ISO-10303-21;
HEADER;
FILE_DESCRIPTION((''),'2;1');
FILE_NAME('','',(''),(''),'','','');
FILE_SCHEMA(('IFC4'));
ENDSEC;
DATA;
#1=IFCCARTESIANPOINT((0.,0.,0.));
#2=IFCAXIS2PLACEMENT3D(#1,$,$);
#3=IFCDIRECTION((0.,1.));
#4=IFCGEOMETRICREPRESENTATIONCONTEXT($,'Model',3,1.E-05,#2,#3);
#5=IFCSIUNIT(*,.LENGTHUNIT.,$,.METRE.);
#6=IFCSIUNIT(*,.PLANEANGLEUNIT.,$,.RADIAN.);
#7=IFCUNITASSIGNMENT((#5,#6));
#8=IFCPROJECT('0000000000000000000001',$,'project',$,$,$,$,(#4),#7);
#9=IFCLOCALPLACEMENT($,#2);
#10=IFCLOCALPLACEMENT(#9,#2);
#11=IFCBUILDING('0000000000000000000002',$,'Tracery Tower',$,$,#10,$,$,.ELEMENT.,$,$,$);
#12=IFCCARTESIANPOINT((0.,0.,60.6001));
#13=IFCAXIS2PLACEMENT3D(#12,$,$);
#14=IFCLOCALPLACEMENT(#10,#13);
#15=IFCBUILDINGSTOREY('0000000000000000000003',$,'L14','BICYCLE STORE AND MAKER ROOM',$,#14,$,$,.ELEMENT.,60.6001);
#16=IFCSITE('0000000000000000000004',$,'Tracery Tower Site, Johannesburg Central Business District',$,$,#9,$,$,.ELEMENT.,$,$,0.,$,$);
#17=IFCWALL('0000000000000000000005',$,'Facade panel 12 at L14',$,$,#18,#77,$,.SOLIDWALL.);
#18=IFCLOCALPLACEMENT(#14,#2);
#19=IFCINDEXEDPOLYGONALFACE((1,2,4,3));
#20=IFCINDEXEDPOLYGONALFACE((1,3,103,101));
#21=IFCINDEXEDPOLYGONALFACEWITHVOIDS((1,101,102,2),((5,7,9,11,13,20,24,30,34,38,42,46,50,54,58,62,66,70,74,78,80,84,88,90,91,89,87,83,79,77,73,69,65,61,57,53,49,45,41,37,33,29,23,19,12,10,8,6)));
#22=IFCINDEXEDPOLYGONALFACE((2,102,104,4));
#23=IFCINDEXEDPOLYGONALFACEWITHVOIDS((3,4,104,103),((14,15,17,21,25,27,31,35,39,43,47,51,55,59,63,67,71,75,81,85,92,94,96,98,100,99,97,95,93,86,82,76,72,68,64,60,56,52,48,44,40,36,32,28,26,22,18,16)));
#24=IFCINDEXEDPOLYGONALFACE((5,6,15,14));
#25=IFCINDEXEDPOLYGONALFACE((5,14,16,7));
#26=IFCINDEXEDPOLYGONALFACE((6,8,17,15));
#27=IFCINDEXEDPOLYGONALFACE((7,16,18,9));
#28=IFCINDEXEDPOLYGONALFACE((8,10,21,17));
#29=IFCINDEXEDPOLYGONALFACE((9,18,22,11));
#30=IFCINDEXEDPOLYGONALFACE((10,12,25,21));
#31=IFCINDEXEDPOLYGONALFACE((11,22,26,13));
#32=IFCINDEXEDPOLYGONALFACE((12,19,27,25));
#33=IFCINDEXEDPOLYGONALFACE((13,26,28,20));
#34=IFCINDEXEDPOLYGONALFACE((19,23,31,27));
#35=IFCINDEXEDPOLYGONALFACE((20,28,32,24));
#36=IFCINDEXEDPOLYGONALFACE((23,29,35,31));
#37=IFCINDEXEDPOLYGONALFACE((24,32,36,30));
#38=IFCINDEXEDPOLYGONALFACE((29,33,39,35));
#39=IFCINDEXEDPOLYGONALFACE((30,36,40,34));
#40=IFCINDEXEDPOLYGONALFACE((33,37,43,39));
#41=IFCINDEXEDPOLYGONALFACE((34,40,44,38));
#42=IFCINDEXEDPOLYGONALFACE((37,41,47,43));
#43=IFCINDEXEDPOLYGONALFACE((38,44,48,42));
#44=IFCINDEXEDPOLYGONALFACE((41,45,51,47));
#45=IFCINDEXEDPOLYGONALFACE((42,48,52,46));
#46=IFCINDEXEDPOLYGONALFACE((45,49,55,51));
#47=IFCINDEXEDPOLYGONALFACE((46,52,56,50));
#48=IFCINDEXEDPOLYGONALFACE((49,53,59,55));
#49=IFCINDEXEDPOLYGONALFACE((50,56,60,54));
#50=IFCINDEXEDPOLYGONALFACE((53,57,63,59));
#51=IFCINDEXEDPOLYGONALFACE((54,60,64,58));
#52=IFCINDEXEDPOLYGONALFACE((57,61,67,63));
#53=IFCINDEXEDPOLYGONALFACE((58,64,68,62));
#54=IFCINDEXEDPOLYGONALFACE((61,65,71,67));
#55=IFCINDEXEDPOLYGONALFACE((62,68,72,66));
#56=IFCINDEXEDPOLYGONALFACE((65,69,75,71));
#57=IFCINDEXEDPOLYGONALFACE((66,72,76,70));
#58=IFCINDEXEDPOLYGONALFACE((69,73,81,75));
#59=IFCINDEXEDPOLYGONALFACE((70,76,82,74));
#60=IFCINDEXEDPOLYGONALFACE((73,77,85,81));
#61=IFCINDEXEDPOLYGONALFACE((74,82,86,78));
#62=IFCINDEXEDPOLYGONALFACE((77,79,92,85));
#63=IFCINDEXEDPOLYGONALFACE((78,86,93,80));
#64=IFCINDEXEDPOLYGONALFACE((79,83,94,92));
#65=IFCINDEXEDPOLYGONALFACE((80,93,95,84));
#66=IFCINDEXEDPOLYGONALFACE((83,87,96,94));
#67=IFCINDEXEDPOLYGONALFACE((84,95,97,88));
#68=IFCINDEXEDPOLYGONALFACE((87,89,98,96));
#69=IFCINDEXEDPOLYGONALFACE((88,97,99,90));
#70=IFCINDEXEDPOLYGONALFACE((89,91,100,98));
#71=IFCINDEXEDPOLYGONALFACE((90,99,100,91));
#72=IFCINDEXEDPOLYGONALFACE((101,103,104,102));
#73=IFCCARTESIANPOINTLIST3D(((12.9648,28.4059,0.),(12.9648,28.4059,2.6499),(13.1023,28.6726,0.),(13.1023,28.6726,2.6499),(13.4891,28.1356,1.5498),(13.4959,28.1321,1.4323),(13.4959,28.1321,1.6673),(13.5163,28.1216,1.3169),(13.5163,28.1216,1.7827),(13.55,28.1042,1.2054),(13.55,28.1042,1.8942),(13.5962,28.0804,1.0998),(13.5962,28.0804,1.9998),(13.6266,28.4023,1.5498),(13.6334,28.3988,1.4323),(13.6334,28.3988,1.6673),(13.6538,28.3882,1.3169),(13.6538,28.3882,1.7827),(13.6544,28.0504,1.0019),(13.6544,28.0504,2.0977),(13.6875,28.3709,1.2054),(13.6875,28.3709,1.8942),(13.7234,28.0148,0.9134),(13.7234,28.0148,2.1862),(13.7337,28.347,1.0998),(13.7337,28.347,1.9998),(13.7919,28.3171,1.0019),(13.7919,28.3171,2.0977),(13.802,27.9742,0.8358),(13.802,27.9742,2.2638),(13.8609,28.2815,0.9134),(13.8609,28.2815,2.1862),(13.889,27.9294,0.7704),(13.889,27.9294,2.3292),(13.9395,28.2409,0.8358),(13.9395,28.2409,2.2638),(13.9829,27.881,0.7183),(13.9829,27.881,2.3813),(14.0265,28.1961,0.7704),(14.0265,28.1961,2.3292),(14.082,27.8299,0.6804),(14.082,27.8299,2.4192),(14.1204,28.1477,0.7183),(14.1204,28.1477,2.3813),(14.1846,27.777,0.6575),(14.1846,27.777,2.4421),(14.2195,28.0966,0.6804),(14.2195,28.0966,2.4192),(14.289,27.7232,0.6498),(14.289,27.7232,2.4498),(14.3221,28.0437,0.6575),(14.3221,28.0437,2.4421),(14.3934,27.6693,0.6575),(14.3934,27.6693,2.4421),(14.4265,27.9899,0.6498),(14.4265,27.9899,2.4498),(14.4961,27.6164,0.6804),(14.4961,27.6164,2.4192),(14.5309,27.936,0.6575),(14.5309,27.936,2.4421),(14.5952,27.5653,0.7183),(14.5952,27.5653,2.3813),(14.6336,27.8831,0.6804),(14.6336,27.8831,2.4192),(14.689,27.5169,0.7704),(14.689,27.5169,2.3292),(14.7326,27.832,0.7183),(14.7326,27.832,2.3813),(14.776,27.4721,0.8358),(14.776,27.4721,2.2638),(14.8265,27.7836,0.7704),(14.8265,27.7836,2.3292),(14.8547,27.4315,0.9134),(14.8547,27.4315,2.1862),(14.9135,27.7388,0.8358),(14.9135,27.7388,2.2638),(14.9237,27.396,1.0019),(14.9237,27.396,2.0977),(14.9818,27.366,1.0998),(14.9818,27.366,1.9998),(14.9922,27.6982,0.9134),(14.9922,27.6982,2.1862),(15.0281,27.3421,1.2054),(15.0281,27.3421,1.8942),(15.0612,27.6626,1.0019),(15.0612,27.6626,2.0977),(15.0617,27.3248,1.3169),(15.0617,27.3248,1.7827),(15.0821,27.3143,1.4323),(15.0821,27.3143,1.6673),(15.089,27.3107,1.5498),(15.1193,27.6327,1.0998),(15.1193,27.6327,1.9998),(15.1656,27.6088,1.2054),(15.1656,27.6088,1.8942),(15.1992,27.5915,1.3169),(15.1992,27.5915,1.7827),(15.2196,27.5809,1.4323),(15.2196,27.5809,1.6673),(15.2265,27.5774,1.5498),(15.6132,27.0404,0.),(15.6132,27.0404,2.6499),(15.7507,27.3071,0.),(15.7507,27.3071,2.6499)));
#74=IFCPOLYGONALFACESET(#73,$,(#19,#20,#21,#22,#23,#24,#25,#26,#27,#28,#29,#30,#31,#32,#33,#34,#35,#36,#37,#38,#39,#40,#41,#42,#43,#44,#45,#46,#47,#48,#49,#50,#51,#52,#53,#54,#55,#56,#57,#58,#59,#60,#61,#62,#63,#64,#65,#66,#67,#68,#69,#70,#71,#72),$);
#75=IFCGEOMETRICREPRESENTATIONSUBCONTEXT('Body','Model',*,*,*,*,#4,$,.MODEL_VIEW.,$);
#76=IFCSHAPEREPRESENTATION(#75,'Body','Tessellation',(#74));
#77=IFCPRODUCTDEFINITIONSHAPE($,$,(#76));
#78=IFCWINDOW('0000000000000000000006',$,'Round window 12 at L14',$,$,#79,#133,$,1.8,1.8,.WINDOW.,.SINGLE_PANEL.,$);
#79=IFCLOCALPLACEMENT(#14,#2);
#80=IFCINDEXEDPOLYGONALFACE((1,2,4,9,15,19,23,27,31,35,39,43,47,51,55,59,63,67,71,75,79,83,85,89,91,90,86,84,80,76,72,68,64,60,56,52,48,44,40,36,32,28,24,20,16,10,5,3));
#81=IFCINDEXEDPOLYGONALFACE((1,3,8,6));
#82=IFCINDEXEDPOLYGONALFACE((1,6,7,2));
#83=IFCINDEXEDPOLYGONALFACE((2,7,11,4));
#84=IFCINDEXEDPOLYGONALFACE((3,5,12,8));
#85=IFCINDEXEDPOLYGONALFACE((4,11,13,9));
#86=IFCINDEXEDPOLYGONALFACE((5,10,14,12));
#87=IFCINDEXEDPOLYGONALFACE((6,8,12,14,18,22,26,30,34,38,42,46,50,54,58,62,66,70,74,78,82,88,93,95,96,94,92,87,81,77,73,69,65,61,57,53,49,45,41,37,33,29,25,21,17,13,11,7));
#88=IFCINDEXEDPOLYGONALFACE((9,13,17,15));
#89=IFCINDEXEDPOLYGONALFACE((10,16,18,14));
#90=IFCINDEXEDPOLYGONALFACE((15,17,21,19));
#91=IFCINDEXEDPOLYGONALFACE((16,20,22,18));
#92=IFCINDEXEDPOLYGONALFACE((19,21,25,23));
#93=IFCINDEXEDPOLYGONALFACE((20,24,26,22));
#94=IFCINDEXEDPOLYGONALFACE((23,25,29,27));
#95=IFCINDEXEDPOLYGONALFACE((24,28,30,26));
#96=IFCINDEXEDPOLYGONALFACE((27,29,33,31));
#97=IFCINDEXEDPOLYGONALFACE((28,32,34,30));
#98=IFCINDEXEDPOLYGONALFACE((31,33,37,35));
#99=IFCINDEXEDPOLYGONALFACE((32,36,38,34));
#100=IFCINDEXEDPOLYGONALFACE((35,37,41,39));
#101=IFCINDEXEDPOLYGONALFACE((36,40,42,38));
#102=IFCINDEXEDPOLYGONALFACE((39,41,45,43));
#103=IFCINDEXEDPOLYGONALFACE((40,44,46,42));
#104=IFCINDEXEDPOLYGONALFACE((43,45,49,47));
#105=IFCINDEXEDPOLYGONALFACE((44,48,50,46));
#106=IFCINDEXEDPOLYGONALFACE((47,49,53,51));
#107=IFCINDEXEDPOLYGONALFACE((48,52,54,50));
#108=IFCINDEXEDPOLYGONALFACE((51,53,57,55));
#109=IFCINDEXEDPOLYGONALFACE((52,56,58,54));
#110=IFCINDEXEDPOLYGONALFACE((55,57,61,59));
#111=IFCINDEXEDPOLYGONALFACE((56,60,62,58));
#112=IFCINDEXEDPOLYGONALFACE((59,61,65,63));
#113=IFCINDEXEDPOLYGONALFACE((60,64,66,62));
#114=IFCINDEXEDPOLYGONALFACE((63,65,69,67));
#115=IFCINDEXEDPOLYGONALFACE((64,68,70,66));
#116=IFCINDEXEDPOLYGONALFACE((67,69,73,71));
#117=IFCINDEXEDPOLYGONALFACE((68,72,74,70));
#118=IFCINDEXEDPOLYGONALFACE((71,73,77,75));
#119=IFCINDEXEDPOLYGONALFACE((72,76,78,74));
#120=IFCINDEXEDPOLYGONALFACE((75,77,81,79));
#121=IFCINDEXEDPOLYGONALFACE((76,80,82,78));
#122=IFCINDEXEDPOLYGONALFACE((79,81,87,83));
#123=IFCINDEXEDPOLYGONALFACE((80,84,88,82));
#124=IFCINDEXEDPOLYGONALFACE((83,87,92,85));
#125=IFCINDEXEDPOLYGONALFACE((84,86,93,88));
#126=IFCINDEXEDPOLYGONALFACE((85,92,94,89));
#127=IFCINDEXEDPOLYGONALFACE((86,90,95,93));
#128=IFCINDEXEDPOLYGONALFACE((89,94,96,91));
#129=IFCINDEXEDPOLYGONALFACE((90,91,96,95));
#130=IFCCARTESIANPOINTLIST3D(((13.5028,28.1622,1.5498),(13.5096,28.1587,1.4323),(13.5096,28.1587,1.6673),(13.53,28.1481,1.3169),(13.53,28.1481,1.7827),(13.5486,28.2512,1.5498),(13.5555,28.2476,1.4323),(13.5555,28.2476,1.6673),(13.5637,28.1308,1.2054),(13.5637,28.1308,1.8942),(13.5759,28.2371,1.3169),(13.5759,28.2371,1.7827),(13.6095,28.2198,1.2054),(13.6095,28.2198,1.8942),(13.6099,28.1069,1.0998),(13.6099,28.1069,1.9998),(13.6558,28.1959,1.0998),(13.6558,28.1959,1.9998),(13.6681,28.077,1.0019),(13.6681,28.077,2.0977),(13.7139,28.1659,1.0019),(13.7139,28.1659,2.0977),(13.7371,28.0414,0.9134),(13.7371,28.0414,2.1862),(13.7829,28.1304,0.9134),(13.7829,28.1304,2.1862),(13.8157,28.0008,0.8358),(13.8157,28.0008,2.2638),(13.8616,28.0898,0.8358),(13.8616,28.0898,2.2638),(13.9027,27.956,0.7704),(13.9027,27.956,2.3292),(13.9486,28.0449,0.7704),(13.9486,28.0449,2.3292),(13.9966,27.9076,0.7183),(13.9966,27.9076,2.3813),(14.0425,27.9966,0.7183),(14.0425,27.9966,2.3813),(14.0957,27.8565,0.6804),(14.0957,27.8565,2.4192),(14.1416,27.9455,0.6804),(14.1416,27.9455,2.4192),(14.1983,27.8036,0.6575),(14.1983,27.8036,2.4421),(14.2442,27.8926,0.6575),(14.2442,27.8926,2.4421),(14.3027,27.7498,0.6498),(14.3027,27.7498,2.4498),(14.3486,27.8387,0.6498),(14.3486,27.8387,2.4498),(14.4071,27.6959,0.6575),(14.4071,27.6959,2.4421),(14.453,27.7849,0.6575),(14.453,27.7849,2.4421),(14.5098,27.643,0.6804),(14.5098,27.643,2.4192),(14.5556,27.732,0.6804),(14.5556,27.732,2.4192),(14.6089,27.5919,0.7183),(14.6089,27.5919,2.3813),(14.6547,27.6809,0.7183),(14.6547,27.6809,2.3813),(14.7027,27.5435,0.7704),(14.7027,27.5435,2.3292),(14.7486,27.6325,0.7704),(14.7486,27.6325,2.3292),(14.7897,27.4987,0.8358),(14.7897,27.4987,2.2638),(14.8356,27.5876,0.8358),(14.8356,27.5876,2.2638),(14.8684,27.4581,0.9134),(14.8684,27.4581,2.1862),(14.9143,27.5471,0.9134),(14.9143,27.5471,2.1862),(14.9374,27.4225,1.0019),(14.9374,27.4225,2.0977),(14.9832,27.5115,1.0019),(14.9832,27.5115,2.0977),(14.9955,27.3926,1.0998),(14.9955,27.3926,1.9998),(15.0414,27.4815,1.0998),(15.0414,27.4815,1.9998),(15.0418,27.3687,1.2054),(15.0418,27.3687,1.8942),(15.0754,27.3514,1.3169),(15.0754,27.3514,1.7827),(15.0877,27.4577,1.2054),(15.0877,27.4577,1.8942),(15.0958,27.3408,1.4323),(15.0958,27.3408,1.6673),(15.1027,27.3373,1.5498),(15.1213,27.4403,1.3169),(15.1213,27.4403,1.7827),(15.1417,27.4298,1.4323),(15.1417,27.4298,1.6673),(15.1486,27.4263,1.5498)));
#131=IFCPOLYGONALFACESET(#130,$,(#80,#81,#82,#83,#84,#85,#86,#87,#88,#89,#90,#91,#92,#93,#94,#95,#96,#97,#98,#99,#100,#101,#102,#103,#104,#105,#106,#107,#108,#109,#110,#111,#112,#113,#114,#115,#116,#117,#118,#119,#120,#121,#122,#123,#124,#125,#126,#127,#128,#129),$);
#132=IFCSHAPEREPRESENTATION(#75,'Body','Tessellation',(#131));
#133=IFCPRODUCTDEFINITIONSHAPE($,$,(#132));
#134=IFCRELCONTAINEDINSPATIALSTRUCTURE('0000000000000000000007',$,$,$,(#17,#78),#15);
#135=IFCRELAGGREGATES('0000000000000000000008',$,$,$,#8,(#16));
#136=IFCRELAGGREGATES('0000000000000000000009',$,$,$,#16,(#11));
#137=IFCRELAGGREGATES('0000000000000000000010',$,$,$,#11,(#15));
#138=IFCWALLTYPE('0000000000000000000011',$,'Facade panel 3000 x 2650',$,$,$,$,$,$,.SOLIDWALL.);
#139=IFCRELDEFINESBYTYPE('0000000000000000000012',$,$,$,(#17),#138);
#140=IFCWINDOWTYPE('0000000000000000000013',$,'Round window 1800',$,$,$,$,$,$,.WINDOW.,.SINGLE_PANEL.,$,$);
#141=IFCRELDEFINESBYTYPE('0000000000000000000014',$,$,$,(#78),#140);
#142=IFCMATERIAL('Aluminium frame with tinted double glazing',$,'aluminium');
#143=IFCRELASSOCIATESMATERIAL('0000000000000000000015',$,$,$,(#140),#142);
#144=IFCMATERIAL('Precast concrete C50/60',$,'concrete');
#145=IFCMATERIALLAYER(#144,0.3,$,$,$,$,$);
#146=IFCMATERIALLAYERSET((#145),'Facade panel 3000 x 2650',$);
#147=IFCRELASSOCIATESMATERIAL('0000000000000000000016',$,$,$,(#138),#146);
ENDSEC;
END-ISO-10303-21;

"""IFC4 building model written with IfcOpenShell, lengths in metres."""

from ifc_helpers import new_model, si_unit, direction, frame, frame_2d, origin, origin_2d, place, context, subcontext, project, spatial, rectangle, circle, extrude, material, layer, layer_set, type_object, element, fill, save


model = new_model("IFC4")

# Units and contexts
model_context = context("Model", 3, precision=1e-05, world=origin(), true_north=direction((0.0, 1.0)))
body_context = subcontext(model_context, "Body", "Model", "MODEL_VIEW")
ifc_project = project(units=[si_unit("LENGTHUNIT", "METRE"), si_unit("PLANEANGLEUNIT", "RADIAN")], contexts=[model_context])

# Site, building, storey
site_placement = place(None, origin())
site = spatial("IfcSite", under=ifc_project, at=site_placement, Name="Tracery Tower Site, Johannesburg Central Business District", CompositionType="ELEMENT", RefElevation=0.0)
building_placement = place(site_placement, origin())
building = spatial("IfcBuilding", under=site, at=building_placement, Name="Tracery Tower", CompositionType="ELEMENT")
storey_placement = place(building_placement, frame((0.0, 0.0, 60.6001)))
storey = spatial("IfcBuildingStorey", under=building, at=storey_placement, Name="L14", Description="BICYCLE STORE AND MAKER ROOM", CompositionType="ELEMENT", Elevation=60.6001)

# Wall, opening, window
ifc_material_1 = material(Name="Aluminium frame with tinted double glazing", Category="aluminium")
window_type = type_object("IfcWindowType", Name="Round window 1800", PartitioningType="SINGLE_PANEL", PredefinedType="WINDOW", material=ifc_material_1)
ifc_material_2 = material(Name="Precast concrete C50/60", Category="concrete")
ifc_layer_1 = layer(ifc_material_2, 0.3)
ifc_layer_set_1 = layer_set([ifc_layer_1], Name="Facade panel 3000 x 2650")
wall_type_1 = type_object("IfcWallType", Name="Facade panel 3000 x 2650", PredefinedType="SOLIDWALL", material=ifc_layer_set_1)
wall_1_placement = place(storey_placement, frame((15.6819, 27.1738, 0.0), z_axis=(0.0, 0.0, 1.0), x_axis=(-0.88882, 0.458257, 0.0)))
wall_1 = element("IfcWall", 1, at=wall_1_placement, inside=storey, type_object=wall_type_1, Name="Facade panel 12 at L14", PredefinedType="SOLIDWALL", context=body_context, shape_type="SweptSolid", body=[
    extrude(rectangle(XDim=2.9797, YDim=0.3, at=frame_2d((1.4897, 0.0))), origin(), (0.0, 0.0, 1.0), 2.6499),
])
opening_1_placement = place(wall_1_placement, frame((1.4897, 0.0, 1.5498)))
opening_1 = element("IfcOpeningElement", 2, at=opening_1_placement, cuts=wall_1, PredefinedType="OPENING", context=body_context, shape_type="SweptSolid", body=[
    extrude(circle(Radius=0.9, at=origin_2d()), frame((0.0, 0.1599, 0.0), z_axis=(0.0, -1.0, 0.0), x_axis=(1.0, 0.0, 0.0)), (0.0, 0.0, 1.0), 0.3201),
])
window_1_placement = place(opening_1_placement, origin())
window_1 = element("IfcWindow", 3, at=window_1_placement, inside=storey, type_object=window_type, Name="Round window 12 at L14", OverallHeight=1.8, OverallWidth=1.8, PartitioningType="SINGLE_PANEL", PredefinedType="WINDOW", context=body_context, shape_type="SweptSolid", body=[
    extrude(circle(Radius=0.9, at=origin_2d()), frame((0.0, 0.1201, 0.0), z_axis=(0.0, -1.0, 0.0), x_axis=(1.0, 0.0, 0.0)), (0.0, 0.0, 1.0), 0.1001),
])
fill(opening_1, window_1)

save(model, "model.ifc")
